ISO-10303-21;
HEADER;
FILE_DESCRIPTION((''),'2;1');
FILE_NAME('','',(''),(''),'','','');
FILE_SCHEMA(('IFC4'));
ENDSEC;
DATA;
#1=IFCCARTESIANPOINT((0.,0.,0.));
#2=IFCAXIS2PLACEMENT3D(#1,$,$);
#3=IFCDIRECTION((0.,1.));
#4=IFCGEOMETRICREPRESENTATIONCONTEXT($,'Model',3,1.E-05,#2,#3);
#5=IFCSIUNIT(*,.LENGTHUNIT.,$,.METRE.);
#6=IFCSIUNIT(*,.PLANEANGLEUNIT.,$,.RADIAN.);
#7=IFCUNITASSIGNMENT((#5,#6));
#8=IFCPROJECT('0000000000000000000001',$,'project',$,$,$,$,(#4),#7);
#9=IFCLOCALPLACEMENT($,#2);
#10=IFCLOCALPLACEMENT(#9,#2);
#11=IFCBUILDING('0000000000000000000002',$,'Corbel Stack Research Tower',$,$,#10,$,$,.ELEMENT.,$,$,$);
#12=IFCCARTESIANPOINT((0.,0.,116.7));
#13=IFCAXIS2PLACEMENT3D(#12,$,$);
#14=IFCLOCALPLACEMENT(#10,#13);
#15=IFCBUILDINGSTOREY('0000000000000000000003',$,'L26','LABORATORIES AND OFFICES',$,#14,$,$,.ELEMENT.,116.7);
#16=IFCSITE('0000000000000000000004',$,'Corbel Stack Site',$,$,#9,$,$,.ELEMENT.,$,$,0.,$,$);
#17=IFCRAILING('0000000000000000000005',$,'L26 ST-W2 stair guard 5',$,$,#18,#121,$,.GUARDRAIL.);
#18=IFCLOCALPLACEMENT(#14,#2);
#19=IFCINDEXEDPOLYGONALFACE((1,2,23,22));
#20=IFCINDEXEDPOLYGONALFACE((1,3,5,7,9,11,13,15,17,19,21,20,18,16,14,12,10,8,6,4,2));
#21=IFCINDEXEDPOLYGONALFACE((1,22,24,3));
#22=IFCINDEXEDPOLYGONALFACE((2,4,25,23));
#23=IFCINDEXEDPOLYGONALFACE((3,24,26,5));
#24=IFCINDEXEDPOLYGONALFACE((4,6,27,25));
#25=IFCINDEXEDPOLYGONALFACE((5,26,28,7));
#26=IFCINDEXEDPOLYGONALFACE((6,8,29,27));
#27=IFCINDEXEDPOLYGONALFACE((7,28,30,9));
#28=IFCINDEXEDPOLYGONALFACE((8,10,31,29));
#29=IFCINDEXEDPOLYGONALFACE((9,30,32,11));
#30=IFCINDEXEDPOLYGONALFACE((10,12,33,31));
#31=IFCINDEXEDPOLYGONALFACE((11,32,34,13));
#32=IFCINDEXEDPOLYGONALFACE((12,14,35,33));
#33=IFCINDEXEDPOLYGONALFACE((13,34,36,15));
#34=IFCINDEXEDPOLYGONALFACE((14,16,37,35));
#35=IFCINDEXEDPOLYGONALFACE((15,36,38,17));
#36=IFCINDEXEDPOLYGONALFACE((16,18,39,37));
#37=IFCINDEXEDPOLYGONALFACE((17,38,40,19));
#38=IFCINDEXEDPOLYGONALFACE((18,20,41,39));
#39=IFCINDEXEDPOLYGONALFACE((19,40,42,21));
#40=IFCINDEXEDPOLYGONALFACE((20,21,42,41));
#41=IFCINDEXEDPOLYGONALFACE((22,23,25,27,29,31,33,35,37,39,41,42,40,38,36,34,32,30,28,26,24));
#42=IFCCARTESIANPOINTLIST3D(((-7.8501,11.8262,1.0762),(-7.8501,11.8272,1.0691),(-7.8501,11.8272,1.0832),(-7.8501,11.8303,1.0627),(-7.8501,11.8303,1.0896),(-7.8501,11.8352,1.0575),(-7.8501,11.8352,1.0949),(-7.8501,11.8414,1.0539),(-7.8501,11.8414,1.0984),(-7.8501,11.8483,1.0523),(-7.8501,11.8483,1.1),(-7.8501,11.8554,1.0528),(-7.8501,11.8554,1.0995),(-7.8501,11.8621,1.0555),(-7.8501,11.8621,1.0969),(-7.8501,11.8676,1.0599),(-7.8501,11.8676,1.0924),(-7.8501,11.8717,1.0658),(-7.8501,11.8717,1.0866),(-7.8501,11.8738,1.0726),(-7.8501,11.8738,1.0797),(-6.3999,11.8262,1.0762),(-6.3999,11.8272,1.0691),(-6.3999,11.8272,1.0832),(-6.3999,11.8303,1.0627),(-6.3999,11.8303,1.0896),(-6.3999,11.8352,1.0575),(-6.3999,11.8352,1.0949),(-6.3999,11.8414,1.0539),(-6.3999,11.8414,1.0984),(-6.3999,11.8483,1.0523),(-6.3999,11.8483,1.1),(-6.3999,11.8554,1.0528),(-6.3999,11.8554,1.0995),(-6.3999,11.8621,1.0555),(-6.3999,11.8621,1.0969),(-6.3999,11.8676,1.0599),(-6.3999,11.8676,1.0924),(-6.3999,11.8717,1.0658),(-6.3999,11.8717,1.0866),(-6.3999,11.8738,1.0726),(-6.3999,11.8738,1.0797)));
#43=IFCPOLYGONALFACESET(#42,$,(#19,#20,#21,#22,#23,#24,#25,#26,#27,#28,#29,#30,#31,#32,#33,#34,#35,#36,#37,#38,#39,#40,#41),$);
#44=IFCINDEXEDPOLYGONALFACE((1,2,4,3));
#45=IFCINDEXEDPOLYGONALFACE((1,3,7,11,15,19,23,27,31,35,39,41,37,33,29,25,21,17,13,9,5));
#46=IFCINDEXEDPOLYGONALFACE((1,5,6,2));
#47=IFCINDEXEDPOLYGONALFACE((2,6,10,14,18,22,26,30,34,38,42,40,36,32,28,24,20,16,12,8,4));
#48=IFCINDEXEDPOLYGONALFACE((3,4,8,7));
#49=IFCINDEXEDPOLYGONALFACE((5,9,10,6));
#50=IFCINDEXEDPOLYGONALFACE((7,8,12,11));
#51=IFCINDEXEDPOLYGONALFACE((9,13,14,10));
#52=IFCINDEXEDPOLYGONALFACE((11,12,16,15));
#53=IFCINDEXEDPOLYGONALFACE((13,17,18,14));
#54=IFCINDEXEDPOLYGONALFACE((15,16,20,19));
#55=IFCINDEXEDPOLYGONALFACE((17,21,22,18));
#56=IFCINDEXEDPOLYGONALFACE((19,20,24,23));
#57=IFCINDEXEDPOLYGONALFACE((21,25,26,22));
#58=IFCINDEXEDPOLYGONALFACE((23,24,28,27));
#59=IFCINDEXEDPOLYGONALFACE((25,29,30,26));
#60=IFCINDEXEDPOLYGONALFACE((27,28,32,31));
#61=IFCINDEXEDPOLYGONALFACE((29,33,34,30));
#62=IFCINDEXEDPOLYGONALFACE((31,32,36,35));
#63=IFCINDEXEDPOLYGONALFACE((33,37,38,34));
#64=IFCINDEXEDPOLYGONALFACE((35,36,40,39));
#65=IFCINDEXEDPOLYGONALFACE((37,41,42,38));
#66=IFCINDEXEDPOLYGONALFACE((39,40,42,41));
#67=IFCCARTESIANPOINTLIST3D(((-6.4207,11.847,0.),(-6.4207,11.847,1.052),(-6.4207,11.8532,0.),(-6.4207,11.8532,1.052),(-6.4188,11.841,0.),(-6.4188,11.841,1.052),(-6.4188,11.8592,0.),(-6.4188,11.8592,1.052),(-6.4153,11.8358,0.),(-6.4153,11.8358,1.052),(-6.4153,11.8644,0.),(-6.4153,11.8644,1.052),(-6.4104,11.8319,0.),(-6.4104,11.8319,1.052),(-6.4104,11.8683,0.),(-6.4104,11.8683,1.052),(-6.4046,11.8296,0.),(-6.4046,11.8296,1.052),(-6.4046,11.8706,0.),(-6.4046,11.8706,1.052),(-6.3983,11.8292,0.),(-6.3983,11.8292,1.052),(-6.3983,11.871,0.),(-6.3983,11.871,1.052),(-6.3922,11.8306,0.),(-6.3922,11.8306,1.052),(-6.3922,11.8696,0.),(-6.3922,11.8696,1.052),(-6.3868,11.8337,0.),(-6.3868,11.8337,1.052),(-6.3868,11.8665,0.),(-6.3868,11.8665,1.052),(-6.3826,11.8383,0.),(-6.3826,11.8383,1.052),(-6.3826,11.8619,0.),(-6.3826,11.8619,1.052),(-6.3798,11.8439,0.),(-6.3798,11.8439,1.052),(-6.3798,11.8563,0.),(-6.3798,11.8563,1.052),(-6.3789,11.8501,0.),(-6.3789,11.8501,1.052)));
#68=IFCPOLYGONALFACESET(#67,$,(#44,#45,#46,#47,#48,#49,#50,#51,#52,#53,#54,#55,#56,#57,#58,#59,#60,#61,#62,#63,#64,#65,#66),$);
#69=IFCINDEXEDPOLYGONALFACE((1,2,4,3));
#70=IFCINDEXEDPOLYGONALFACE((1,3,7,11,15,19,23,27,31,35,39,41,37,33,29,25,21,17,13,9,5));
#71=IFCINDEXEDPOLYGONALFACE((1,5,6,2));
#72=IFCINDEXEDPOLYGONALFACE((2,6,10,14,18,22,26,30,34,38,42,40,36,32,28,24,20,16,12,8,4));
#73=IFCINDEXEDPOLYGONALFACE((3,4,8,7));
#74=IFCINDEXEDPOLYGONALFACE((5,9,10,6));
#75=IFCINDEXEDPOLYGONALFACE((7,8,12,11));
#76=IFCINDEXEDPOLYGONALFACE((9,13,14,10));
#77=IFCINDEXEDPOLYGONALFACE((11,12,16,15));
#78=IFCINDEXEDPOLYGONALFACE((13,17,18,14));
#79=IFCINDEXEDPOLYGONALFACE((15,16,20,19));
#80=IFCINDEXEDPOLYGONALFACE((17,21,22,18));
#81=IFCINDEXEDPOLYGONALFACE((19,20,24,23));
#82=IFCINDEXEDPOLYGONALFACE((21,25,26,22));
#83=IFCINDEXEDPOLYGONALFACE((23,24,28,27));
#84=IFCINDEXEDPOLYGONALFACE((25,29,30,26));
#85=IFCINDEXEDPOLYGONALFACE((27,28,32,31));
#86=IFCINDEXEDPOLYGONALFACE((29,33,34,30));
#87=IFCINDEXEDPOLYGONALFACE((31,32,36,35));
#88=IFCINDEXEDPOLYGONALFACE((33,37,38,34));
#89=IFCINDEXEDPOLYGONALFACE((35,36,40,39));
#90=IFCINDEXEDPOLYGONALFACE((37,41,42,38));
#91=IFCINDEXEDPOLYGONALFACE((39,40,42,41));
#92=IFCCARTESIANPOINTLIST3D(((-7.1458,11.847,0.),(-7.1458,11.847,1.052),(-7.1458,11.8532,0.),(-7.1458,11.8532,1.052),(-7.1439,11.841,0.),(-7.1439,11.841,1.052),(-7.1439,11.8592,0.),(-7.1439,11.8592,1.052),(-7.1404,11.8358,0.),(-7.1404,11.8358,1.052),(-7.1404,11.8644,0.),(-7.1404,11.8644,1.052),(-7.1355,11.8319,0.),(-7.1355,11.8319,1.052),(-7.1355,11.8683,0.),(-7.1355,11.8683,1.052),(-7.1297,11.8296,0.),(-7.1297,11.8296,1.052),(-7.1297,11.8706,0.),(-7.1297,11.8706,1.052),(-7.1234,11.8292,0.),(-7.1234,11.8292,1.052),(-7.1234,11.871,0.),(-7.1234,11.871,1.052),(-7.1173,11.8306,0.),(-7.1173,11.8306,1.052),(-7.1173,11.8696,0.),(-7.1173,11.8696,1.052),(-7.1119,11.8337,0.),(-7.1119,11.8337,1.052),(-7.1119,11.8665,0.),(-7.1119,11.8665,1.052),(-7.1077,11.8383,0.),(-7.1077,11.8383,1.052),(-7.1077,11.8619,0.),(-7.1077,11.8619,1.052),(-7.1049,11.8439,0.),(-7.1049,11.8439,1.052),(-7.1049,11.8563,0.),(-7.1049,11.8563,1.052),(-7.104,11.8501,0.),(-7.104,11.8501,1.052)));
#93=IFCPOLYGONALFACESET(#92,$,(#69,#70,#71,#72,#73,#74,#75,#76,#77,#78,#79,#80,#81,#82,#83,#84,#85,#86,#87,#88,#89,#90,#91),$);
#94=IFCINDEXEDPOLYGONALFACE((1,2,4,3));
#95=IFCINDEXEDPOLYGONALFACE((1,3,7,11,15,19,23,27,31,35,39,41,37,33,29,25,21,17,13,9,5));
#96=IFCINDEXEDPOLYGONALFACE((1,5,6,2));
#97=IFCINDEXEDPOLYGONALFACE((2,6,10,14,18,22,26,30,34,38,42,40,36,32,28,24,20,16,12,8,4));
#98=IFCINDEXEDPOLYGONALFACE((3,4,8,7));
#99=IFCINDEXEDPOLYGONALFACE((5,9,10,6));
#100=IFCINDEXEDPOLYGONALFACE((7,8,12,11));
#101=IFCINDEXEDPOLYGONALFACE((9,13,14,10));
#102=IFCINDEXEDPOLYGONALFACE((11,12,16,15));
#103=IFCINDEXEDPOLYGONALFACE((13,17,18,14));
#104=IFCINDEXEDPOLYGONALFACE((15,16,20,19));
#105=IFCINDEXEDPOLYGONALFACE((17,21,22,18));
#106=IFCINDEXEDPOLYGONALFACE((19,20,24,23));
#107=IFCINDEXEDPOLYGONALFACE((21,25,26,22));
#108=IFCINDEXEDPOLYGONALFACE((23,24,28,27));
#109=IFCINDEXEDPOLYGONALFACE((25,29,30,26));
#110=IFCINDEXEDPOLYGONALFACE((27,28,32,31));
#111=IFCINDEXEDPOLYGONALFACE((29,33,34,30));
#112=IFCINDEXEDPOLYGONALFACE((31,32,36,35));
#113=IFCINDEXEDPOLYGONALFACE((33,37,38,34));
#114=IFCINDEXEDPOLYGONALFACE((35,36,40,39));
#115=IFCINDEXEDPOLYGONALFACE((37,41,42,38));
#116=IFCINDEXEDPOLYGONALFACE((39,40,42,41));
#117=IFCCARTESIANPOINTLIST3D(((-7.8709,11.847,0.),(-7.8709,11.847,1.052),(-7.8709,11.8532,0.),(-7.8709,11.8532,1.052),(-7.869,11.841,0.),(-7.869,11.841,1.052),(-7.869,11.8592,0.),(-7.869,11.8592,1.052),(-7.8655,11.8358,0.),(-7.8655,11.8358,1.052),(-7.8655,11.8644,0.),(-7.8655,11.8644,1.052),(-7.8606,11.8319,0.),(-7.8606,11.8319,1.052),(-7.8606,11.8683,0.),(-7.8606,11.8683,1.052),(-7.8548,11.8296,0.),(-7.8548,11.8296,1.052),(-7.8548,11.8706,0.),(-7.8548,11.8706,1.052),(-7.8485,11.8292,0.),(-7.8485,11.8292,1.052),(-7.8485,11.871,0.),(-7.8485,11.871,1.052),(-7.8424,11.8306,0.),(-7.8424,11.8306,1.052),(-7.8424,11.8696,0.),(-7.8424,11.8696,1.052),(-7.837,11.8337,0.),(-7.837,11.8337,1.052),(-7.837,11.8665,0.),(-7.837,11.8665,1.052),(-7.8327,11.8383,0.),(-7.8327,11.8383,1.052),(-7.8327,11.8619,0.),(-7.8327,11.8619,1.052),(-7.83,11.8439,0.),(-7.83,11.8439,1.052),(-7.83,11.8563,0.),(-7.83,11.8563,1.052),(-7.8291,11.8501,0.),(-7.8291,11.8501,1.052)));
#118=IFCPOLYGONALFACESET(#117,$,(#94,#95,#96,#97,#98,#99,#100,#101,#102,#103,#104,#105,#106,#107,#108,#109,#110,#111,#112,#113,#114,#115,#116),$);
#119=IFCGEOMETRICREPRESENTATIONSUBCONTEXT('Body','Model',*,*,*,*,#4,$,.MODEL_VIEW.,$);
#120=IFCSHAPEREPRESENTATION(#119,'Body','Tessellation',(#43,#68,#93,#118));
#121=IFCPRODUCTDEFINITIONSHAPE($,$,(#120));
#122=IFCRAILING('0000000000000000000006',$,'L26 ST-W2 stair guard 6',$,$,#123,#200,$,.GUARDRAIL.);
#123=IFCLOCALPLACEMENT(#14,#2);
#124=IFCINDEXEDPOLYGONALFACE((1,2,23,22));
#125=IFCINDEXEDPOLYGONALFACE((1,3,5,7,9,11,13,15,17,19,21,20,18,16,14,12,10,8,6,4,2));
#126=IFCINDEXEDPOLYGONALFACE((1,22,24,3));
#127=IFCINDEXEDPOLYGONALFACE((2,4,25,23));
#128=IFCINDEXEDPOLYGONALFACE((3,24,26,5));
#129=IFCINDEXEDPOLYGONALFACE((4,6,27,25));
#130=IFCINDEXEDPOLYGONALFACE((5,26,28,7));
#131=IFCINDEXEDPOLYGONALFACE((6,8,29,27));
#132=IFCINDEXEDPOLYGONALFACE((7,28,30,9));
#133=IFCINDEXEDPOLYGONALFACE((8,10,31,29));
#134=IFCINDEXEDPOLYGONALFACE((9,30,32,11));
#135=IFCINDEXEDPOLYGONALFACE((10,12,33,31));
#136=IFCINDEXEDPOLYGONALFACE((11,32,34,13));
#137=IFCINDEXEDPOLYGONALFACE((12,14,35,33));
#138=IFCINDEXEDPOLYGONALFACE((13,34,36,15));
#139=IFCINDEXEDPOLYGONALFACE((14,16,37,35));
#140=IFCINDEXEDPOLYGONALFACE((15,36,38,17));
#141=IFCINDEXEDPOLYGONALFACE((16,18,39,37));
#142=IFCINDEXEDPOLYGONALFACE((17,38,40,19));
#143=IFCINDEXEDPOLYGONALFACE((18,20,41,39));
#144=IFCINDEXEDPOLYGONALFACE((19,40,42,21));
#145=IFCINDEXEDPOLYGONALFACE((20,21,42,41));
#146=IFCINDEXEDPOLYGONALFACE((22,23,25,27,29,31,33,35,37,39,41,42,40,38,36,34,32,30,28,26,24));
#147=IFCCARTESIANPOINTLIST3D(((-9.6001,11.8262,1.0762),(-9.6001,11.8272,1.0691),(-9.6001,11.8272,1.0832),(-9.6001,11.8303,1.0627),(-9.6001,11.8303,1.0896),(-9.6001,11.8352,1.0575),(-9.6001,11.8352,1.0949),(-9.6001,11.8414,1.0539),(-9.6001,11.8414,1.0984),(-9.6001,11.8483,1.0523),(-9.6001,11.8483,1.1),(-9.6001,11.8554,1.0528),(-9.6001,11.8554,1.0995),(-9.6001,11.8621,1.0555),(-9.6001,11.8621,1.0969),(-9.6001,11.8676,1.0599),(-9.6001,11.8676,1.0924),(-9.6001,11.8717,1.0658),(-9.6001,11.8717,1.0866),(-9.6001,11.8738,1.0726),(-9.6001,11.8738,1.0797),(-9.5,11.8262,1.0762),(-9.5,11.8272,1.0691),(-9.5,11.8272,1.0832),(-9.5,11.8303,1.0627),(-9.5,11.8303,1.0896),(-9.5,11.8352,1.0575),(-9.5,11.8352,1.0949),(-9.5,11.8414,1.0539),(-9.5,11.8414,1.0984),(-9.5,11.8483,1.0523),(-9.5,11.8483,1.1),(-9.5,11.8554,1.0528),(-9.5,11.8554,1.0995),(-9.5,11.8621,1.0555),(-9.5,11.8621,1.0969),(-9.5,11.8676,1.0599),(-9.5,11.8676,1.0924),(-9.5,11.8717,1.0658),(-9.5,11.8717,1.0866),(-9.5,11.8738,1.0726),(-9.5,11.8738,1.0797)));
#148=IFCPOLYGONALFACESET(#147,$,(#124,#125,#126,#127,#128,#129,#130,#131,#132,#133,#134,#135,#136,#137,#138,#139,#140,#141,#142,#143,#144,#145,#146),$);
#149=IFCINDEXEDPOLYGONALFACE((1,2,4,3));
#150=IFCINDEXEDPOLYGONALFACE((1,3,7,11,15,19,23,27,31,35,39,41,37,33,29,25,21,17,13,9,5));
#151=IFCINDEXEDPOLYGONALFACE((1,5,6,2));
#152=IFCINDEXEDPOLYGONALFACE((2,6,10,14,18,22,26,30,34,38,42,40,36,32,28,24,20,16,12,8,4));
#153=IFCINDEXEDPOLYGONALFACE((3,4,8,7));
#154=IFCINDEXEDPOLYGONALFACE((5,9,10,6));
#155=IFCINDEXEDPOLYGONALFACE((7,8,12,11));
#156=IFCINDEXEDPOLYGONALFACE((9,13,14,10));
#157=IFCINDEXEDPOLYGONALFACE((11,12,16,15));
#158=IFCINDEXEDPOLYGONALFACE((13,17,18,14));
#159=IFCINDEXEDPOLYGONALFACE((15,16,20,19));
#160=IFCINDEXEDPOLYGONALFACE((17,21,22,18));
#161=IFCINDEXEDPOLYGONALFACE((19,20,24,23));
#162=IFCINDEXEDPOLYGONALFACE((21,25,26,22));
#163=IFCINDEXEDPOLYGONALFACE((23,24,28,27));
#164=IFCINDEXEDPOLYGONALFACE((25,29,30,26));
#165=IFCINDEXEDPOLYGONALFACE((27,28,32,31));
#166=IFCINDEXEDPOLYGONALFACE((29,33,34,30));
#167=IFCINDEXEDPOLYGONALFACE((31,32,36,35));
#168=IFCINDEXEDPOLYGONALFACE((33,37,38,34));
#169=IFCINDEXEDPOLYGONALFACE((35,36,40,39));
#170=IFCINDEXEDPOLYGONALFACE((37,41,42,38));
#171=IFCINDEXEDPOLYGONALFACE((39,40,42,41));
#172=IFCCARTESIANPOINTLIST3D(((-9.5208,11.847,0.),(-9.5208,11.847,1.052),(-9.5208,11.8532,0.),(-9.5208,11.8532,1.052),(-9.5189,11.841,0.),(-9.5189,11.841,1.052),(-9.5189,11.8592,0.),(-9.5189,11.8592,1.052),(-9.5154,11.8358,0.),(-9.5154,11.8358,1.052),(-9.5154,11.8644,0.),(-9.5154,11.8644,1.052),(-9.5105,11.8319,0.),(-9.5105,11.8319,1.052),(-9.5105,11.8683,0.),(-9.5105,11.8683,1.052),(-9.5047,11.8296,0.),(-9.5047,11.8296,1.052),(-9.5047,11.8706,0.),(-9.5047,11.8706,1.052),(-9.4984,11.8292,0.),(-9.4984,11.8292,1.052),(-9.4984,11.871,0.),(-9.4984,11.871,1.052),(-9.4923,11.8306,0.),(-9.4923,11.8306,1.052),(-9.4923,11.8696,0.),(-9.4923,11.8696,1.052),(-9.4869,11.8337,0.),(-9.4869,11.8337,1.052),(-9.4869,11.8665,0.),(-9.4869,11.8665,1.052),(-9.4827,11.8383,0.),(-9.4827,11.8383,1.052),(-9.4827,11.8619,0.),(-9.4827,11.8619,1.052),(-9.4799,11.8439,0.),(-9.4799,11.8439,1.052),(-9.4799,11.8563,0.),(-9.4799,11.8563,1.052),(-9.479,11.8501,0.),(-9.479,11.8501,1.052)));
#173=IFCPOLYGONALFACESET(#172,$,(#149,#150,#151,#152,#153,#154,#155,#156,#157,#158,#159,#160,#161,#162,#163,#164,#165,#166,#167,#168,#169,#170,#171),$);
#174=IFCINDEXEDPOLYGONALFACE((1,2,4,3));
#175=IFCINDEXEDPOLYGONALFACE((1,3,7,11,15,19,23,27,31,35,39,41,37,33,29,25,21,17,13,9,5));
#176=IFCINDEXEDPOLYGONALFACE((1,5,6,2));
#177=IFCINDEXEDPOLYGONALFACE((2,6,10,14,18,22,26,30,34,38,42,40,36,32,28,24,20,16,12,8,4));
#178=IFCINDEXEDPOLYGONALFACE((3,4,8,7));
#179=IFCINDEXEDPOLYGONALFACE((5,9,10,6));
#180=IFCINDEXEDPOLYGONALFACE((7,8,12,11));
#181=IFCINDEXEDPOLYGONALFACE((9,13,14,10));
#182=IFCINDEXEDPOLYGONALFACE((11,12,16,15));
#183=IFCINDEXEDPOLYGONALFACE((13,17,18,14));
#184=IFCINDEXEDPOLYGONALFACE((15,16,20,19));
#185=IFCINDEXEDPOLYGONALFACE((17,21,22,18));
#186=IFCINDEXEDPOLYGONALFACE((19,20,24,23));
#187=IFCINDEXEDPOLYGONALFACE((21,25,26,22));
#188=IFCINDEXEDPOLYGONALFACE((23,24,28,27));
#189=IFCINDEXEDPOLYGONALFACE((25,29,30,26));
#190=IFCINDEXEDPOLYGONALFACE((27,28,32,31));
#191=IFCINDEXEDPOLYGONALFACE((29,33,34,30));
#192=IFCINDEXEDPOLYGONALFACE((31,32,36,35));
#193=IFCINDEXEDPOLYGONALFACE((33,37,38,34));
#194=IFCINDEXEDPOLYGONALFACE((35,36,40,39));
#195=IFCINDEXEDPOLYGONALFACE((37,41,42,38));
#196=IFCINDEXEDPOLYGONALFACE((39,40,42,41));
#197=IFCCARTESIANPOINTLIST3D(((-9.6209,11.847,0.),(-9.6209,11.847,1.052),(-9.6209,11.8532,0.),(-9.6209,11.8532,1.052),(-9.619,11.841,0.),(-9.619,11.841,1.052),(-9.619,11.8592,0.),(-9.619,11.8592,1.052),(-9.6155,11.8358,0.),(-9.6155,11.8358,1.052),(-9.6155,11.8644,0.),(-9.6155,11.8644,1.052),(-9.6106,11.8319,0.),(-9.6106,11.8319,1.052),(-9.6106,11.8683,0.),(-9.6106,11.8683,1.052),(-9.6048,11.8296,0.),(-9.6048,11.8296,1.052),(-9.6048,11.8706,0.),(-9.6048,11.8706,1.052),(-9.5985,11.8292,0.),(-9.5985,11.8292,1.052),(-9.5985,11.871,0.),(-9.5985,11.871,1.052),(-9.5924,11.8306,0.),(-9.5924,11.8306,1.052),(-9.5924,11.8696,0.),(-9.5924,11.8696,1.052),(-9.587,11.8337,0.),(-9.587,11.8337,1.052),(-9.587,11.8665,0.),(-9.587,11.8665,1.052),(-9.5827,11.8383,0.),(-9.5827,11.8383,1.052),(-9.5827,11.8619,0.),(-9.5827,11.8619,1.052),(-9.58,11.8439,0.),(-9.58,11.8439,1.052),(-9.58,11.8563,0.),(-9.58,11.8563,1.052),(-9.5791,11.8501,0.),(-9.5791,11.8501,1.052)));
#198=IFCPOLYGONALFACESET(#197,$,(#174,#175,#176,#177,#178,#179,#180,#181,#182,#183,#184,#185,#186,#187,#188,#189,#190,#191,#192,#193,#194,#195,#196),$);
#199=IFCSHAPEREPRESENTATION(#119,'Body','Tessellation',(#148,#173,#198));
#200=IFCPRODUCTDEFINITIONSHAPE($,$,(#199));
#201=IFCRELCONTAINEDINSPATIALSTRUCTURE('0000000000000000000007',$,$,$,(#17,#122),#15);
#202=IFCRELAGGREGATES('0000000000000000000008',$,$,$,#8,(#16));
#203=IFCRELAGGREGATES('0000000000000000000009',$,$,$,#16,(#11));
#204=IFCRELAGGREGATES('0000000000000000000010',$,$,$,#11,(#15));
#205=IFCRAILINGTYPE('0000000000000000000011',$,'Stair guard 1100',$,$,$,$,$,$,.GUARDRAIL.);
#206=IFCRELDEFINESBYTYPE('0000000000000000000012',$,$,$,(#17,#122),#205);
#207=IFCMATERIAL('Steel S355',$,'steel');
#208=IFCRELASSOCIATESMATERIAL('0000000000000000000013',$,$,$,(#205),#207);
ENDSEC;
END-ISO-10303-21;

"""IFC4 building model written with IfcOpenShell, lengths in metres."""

from ifc_helpers import new_model, si_unit, direction, frame, origin, origin_2d, place, context, subcontext, project, spatial, circle, extrude, material, type_object, element, save


model = new_model("IFC4")

# Units and contexts
model_context = context("Model", 3, precision=1e-05, world=origin(), true_north=direction((0.0, 1.0)))
body_context = subcontext(model_context, "Body", "Model", "MODEL_VIEW")
ifc_project = project(units=[si_unit("LENGTHUNIT", "METRE"), si_unit("PLANEANGLEUNIT", "RADIAN")], contexts=[model_context])

# Site, building, storey
site_placement = place(None, origin())
site = spatial("IfcSite", under=ifc_project, at=site_placement, Name="Corbel Stack Site", CompositionType="ELEMENT", RefElevation=0.0)
building_placement = place(site_placement, origin())
building = spatial("IfcBuilding", under=site, at=building_placement, Name="Corbel Stack Research Tower", CompositionType="ELEMENT")
storey_placement = place(building_placement, frame((0.0, 0.0, 116.7)))
storey = spatial("IfcBuildingStorey", under=building, at=storey_placement, Name="L26", Description="LABORATORIES AND OFFICES", CompositionType="ELEMENT", Elevation=116.7)

# Railings
ifc_material_1 = material(Name="Steel S355", Category="steel")
railing_type_1 = type_object("IfcRailingType", Name="Stair guard 1100", PredefinedType="GUARDRAIL", material=ifc_material_1)
railing_1_placement = place(storey_placement, frame((-6.3999, 11.8501, 0.0)))
element("IfcRailing", 1, at=railing_1_placement, inside=storey, type_object=railing_type_1, Name="L26 ST-W2 stair guard 5", PredefinedType="GUARDRAIL", context=body_context, shape_type="SweptSolid", body=[
    extrude(circle(Radius=0.0239, at=origin_2d()), frame((0.0, 0.0, 1.0762), z_axis=(-1.0, 0.0, 0.0), x_axis=(0.0, -1.0, 0.0)), (0.0, 0.0, 1.0), 1.4502),
    extrude(circle(Radius=0.021, at=origin_2d()), origin(), (0.0, 0.0, 1.0), 1.052),
    extrude(circle(Radius=0.021, at=origin_2d()), frame((-0.7251, 0.0, 0.0)), (0.0, 0.0, 1.0), 1.052),
    extrude(circle(Radius=0.021, at=origin_2d()), frame((-1.4502, 0.0, 0.0)), (0.0, 0.0, 1.0), 1.052),
])
railing_2_placement = place(storey_placement, frame((-9.5, 11.8501, 0.0)))
element("IfcRailing", 2, at=railing_2_placement, inside=storey, type_object=railing_type_1, Name="L26 ST-W2 stair guard 6", PredefinedType="GUARDRAIL", context=body_context, shape_type="SweptSolid", body=[
    extrude(circle(Radius=0.0239, at=origin_2d()), frame((0.0, 0.0, 1.0762), z_axis=(-1.0, 0.0, 0.0), x_axis=(0.0, -1.0, 0.0)), (0.0, 0.0, 1.0), 0.1001),
    extrude(circle(Radius=0.021, at=origin_2d()), origin(), (0.0, 0.0, 1.0), 1.052),
    extrude(circle(Radius=0.021, at=origin_2d()), frame((-0.1001, 0.0, 0.0)), (0.0, 0.0, 1.0), 1.052),
])

save(model, "model.ifc")
